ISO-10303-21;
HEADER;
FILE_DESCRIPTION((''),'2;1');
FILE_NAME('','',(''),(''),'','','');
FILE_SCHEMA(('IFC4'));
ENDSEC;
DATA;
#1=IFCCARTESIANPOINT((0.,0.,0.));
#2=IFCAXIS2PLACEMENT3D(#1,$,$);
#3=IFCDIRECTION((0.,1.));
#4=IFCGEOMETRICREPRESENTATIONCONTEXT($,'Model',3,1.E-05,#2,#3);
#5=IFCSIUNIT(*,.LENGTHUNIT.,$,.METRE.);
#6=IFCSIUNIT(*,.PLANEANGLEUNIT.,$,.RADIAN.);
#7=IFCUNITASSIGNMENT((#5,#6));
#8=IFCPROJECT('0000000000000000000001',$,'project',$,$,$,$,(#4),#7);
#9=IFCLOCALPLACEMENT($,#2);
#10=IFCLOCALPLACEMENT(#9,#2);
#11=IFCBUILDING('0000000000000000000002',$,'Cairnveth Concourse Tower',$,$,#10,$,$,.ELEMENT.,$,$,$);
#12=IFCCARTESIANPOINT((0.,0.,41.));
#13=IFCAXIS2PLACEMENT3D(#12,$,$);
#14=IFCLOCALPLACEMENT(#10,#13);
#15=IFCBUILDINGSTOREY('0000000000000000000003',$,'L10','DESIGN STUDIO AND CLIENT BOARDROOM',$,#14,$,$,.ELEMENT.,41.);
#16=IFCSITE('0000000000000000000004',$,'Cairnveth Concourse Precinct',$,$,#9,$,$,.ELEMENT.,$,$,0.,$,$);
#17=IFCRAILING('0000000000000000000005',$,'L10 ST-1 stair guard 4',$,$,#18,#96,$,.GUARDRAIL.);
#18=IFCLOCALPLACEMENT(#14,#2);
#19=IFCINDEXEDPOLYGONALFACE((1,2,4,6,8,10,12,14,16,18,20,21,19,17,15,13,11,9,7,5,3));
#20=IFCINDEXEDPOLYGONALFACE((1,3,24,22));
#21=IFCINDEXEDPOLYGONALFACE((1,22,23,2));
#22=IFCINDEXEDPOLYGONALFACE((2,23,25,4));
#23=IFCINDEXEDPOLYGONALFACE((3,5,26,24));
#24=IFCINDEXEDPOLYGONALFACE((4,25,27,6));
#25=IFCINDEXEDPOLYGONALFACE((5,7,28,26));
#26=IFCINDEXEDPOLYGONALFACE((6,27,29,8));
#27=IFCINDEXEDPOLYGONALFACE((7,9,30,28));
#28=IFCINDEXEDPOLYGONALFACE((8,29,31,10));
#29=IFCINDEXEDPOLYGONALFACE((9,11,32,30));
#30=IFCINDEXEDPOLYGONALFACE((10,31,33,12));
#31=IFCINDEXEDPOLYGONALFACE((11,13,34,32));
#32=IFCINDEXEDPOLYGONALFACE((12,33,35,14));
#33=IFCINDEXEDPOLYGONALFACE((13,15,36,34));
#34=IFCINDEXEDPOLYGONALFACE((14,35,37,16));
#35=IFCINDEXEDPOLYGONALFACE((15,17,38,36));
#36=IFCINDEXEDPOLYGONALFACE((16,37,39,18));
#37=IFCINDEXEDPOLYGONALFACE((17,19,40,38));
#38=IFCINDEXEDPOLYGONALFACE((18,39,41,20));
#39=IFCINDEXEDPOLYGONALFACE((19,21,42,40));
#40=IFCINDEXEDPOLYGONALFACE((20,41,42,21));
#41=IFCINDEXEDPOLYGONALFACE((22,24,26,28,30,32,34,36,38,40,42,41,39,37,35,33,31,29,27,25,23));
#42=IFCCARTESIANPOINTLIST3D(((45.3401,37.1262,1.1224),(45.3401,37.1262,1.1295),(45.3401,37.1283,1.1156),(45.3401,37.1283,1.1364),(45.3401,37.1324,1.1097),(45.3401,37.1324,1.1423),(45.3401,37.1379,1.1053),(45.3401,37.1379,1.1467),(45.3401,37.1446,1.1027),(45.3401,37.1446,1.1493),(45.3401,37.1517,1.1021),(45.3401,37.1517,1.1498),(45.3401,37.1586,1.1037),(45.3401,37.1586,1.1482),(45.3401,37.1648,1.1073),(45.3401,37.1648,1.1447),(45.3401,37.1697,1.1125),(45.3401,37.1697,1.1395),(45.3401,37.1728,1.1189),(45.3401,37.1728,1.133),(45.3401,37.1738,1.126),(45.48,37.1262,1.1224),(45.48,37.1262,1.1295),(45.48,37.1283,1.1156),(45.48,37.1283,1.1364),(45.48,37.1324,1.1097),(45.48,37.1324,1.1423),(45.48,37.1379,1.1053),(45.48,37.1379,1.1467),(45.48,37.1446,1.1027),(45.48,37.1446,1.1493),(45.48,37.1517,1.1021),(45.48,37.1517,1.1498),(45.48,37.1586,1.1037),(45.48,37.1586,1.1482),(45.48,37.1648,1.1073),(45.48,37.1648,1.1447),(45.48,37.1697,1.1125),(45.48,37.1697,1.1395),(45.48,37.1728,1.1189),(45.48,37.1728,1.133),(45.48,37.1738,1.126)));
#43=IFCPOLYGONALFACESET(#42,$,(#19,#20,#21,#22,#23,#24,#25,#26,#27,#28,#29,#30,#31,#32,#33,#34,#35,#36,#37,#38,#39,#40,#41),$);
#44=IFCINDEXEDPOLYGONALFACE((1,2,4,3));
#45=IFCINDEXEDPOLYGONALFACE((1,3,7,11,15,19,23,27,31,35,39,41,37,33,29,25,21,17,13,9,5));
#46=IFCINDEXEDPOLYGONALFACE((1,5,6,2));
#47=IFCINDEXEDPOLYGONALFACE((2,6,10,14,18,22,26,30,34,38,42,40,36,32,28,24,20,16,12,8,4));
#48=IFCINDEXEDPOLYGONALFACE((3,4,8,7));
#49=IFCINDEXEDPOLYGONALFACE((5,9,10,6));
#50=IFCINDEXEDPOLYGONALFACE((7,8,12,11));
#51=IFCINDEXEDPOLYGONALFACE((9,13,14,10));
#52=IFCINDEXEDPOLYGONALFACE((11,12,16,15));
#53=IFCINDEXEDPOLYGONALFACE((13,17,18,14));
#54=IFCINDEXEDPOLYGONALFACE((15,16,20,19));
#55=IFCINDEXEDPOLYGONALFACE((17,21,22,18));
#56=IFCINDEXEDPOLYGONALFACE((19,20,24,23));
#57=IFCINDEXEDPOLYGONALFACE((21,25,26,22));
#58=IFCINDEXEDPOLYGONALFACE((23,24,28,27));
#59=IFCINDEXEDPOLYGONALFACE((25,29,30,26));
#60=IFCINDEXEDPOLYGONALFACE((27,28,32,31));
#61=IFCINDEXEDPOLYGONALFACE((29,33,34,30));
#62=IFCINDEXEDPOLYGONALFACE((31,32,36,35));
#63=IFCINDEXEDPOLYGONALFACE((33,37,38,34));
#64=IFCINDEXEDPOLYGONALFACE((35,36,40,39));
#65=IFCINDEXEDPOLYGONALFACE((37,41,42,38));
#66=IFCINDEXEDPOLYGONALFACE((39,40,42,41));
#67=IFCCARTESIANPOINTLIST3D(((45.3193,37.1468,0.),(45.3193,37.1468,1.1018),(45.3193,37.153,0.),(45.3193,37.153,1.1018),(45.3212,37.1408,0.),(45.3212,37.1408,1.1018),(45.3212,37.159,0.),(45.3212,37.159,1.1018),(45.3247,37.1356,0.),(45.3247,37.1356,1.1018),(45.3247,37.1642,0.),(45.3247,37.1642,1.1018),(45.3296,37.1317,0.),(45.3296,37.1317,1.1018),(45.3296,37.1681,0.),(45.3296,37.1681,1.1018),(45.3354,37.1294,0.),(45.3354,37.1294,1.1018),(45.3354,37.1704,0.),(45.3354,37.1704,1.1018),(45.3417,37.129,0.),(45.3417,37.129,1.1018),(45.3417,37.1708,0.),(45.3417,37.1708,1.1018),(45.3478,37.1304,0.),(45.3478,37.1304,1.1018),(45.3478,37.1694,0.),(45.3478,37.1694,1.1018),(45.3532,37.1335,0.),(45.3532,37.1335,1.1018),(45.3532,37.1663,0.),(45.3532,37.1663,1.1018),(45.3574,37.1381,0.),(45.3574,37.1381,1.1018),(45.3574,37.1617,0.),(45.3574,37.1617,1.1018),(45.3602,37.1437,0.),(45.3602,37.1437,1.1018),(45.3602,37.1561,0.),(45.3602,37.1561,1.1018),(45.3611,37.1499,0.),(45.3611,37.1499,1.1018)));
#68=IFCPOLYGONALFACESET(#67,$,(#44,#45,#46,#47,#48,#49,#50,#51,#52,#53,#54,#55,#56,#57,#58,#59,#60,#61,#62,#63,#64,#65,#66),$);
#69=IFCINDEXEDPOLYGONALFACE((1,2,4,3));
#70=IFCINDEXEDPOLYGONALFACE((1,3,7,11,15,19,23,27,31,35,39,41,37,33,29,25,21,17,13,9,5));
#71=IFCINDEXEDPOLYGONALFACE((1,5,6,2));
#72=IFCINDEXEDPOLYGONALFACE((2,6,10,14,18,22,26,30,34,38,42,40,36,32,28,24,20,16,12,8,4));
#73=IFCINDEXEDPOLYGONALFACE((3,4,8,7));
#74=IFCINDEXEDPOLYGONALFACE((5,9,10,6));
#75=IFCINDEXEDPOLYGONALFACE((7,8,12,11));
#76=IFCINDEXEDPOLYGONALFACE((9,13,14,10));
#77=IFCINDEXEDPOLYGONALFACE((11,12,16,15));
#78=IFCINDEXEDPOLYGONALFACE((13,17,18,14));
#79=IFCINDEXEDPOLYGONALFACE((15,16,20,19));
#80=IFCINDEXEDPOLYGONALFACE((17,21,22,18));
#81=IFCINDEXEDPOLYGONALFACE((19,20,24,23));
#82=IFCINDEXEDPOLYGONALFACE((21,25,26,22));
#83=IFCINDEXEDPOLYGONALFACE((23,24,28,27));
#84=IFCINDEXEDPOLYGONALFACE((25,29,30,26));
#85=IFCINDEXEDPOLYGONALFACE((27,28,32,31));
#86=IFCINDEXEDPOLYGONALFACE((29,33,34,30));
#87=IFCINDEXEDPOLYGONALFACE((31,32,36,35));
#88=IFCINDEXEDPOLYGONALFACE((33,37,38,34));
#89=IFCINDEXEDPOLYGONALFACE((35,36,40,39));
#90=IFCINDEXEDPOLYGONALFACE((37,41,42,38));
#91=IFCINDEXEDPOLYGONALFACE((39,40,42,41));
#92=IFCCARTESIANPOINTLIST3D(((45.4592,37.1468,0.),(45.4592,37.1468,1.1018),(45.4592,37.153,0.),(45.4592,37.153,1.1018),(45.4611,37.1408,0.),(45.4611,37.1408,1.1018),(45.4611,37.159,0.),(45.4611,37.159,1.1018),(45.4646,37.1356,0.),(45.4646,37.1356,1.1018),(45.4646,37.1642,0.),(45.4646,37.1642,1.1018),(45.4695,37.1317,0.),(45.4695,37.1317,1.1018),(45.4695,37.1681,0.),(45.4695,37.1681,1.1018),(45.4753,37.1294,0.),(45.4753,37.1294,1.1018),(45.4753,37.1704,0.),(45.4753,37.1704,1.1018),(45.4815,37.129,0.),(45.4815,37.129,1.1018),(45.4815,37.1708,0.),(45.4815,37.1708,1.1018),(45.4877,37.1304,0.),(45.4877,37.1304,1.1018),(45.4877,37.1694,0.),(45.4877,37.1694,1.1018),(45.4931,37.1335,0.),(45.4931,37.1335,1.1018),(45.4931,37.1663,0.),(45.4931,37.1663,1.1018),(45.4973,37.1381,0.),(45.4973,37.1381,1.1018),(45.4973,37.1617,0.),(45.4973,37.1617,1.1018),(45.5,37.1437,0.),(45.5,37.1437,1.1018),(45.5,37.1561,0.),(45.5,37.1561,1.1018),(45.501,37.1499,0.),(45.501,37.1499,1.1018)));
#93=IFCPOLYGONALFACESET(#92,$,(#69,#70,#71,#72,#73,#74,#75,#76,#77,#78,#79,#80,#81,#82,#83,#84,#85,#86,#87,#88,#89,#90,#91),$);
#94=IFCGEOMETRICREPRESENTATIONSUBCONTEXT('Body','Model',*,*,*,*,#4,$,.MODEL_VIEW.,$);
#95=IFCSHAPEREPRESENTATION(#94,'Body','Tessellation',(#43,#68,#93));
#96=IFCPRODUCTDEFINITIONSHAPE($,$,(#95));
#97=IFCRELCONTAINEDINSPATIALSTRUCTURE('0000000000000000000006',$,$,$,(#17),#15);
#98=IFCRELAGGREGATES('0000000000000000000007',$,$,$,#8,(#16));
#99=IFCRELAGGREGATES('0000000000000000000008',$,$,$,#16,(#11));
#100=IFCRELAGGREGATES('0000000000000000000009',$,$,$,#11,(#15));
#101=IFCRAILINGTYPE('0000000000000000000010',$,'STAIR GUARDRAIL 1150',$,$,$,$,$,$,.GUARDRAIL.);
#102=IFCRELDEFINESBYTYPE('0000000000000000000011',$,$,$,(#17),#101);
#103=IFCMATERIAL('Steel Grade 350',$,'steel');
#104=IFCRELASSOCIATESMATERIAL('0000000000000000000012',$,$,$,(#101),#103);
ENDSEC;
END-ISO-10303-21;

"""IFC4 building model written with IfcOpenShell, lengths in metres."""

from ifc_helpers import new_model, si_unit, direction, frame, origin, origin_2d, place, context, subcontext, project, spatial, circle, extrude, material, type_object, element, save


model = new_model("IFC4")

# Units and contexts
model_context = context("Model", 3, precision=1e-05, world=origin(), true_north=direction((0.0, 1.0)))
body_context = subcontext(model_context, "Body", "Model", "MODEL_VIEW")
ifc_project = project(units=[si_unit("LENGTHUNIT", "METRE"), si_unit("PLANEANGLEUNIT", "RADIAN")], contexts=[model_context])

# Site, building, storey
site_placement = place(None, origin())
site = spatial("IfcSite", under=ifc_project, at=site_placement, Name="Cairnveth Concourse Precinct", CompositionType="ELEMENT", RefElevation=0.0)
building_placement = place(site_placement, origin())
building = spatial("IfcBuilding", under=site, at=building_placement, Name="Cairnveth Concourse Tower", CompositionType="ELEMENT")
storey_placement = place(building_placement, frame((0.0, 0.0, 41.0)))
storey = spatial("IfcBuildingStorey", under=building, at=storey_placement, Name="L10", Description="DESIGN STUDIO AND CLIENT BOARDROOM", CompositionType="ELEMENT", Elevation=41.0)

# Shared definitions
ifc_material_1 = material(Name="Steel Grade 350", Category="steel")

# Railing
railing_type = type_object("IfcRailingType", Name="STAIR GUARDRAIL 1150", PredefinedType="GUARDRAIL", material=ifc_material_1)
railing_1_placement = place(storey_placement, frame((45.3401, 37.1499, 0.0)))
element("IfcRailing", 1, at=railing_1_placement, inside=storey, type_object=railing_type, Name="L10 ST-1 stair guard 4", PredefinedType="GUARDRAIL", context=body_context, shape_type="SweptSolid", body=[
    extrude(circle(Radius=0.0239, at=origin_2d()), frame((0.0, 0.0, 1.126), z_axis=(1.0, 0.0, 0.0), x_axis=(0.0, 1.0, 0.0)), (0.0, 0.0, 1.0), 0.1399),
    extrude(circle(Radius=0.021, at=origin_2d()), origin(), (0.0, 0.0, 1.0), 1.1018),
    extrude(circle(Radius=0.021, at=origin_2d()), frame((0.1399, 0.0, 0.0)), (0.0, 0.0, 1.0), 1.1018),
])

save(model, "model.ifc")
